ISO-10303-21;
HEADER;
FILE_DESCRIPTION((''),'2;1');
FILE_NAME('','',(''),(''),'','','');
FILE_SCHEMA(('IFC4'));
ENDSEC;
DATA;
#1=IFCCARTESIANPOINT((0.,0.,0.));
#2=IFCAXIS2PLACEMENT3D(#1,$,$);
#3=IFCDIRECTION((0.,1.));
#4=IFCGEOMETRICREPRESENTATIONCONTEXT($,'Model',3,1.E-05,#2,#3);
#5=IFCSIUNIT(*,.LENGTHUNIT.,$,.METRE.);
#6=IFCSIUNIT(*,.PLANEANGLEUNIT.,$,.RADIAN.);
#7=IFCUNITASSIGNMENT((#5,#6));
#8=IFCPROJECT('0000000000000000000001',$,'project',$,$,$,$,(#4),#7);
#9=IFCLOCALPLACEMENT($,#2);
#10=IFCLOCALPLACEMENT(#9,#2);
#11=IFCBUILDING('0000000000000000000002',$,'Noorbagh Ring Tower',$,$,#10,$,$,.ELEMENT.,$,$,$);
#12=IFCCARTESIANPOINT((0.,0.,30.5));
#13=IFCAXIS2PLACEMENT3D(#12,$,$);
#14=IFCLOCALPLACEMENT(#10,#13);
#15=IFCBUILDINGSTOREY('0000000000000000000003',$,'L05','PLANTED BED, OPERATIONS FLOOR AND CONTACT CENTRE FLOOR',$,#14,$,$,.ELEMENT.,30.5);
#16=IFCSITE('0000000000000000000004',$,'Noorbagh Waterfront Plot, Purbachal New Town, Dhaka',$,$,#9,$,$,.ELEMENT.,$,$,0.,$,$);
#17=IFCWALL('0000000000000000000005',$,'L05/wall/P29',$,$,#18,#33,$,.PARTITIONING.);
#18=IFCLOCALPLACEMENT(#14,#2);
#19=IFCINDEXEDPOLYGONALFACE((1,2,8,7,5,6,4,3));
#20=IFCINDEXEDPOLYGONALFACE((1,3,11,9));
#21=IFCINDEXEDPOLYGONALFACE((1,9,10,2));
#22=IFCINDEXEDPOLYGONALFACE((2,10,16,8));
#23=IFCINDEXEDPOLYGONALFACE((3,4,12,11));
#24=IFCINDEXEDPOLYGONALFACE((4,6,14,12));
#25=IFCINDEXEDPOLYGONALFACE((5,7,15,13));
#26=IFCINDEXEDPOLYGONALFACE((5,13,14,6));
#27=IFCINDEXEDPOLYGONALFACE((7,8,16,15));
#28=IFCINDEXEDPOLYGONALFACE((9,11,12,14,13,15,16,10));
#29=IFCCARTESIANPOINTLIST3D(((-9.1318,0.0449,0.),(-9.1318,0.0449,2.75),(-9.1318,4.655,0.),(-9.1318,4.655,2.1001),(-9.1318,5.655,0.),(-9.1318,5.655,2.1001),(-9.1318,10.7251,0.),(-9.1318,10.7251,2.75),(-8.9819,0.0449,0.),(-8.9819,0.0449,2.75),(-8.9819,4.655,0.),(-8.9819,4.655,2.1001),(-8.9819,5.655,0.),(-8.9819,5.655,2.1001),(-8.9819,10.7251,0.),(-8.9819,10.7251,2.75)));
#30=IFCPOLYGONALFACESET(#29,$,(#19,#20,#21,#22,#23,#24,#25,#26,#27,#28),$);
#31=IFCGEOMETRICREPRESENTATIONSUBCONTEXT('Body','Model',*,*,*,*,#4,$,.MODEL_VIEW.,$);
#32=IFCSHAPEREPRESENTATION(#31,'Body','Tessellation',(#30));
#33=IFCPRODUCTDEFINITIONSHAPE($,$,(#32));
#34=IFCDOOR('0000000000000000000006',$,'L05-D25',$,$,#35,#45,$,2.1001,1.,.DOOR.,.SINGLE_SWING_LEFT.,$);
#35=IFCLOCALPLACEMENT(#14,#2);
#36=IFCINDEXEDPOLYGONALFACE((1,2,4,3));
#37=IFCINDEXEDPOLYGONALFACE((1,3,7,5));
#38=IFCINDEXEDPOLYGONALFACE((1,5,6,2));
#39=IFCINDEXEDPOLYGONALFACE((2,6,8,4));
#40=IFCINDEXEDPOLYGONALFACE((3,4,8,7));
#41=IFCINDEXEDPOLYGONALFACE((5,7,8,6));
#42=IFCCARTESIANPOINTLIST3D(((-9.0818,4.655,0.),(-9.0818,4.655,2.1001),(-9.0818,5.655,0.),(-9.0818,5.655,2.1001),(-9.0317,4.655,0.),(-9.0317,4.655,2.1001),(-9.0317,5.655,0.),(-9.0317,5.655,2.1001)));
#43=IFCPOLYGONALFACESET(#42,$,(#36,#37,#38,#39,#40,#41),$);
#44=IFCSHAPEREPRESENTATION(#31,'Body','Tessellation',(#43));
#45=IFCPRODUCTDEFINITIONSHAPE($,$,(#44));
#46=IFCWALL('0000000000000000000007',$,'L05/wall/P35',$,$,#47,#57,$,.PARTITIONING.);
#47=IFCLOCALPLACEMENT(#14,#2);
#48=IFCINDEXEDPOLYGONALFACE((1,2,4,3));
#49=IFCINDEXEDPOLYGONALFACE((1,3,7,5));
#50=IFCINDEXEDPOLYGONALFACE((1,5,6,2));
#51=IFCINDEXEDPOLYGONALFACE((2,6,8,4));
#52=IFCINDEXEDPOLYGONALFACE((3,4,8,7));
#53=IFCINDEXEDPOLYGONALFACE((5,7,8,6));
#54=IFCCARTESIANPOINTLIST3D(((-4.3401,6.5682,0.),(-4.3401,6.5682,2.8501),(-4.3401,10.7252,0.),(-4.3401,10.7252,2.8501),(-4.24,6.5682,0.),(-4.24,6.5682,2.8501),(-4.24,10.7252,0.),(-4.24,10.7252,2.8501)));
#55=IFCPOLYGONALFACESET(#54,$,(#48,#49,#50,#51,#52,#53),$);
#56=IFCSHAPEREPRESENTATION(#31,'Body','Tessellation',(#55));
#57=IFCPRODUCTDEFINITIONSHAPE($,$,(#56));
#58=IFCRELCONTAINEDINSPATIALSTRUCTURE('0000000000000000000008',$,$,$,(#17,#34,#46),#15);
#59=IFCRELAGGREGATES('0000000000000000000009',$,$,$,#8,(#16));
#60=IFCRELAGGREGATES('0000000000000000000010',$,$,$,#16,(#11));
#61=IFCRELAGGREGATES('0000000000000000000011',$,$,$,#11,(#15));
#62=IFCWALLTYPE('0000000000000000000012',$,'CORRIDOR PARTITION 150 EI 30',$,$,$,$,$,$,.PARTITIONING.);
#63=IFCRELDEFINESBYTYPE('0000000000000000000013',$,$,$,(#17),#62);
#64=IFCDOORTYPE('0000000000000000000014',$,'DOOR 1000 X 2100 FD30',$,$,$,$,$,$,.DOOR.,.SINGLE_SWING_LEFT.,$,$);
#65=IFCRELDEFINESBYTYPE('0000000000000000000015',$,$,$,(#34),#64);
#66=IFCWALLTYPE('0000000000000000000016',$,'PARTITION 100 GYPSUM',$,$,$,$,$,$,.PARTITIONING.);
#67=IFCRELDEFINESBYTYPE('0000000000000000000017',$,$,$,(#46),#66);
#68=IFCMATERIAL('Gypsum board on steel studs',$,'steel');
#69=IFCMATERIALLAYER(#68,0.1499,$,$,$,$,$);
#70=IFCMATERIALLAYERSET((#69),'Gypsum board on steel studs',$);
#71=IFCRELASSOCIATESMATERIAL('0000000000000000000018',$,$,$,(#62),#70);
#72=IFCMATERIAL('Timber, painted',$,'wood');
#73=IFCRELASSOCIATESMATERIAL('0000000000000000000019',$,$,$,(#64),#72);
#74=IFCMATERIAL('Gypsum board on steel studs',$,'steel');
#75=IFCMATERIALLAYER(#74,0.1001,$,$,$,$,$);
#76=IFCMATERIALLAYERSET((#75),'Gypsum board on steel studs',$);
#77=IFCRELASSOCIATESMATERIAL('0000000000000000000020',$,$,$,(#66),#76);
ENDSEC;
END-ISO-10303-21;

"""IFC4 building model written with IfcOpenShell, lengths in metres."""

from ifc_helpers import new_model, si_unit, direction, frame, frame_2d, origin, place, context, subcontext, project, spatial, rectangle, extrude, material, layer, layer_set, type_object, element, fill, save


model = new_model("IFC4")

# Units and contexts
model_context = context("Model", 3, precision=1e-05, world=origin(), true_north=direction((0.0, 1.0)))
body_context = subcontext(model_context, "Body", "Model", "MODEL_VIEW")
ifc_project = project(units=[si_unit("LENGTHUNIT", "METRE"), si_unit("PLANEANGLEUNIT", "RADIAN")], contexts=[model_context])

# Site, building, storey
site_placement = place(None, origin())
site = spatial("IfcSite", under=ifc_project, at=site_placement, Name="Noorbagh Waterfront Plot, Purbachal New Town, Dhaka", CompositionType="ELEMENT", RefElevation=0.0)
building_placement = place(site_placement, origin())
building = spatial("IfcBuilding", under=site, at=building_placement, Name="Noorbagh Ring Tower", CompositionType="ELEMENT")
storey_placement = place(building_placement, frame((0.0, 0.0, 30.5)))
storey = spatial("IfcBuildingStorey", under=building, at=storey_placement, Name="L05", Description="PLANTED BED, OPERATIONS FLOOR AND CONTACT CENTRE FLOOR", CompositionType="ELEMENT", Elevation=30.5)

# Wall, opening, door
ifc_material_1 = material(Name="Gypsum board on steel studs", Category="steel")
ifc_layer_1 = layer(ifc_material_1, 0.1499)
ifc_layer_set_1 = layer_set([ifc_layer_1], Name="Gypsum board on steel studs")
wall_type_1 = type_object("IfcWallType", Name="CORRIDOR PARTITION 150 EI 30", PredefinedType="PARTITIONING", material=ifc_layer_set_1)
wall_1_placement = place(storey_placement, frame((-9.0569, 0.0449, 0.0), z_axis=(0.0, 0.0, 1.0), x_axis=(0.0, 1.0, 0.0)))
wall_1 = element("IfcWall", 1, at=wall_1_placement, inside=storey, type_object=wall_type_1, Name="L05/wall/P29", PredefinedType="PARTITIONING", context=body_context, shape_type="SweptSolid", body=[
    extrude(rectangle(XDim=10.6802, YDim=0.1499, at=frame_2d((5.3401, 0.0))), origin(), (0.0, 0.0, 1.0), 2.75),
])
opening_placement = place(wall_1_placement, frame((4.6101, 0.0, 0.0)))
opening = element("IfcOpeningElement", 2, at=opening_placement, cuts=wall_1, PredefinedType="OPENING", context=body_context, shape_type="SweptSolid", body=[
    extrude(rectangle(XDim=1.0, YDim=2.1001, at=frame_2d((0.5, 1.05))), frame((0.0, 0.085, 0.0), z_axis=(0.0, -1.0, 0.0), x_axis=(1.0, 0.0, 0.0)), (0.0, 0.0, 1.0), 0.1699),
])
ifc_material_2 = material(Name="Timber, painted", Category="wood")
door_type = type_object("IfcDoorType", Name="DOOR 1000 X 2100 FD30", OperationType="SINGLE_SWING_LEFT", PredefinedType="DOOR", material=ifc_material_2)
door_placement = place(opening_placement, origin())
door = element("IfcDoor", 3, at=door_placement, inside=storey, type_object=door_type, Name="L05-D25", OperationType="SINGLE_SWING_LEFT", OverallHeight=2.1001, OverallWidth=1.0, PredefinedType="DOOR", context=body_context, shape_type="SweptSolid", body=[
    extrude(rectangle(XDim=1.0, YDim=2.1001, at=frame_2d((0.5, 1.05))), frame((0.0, 0.0249, 0.0), z_axis=(0.0, -1.0, 0.0), x_axis=(1.0, 0.0, 0.0)), (0.0, 0.0, 1.0), 0.05),
])
fill(opening, door)

# Wall
ifc_material_3 = material(Name="Gypsum board on steel studs", Category="steel")
ifc_layer_2 = layer(ifc_material_3, 0.1001)
ifc_layer_set_2 = layer_set([ifc_layer_2], Name="Gypsum board on steel studs")
wall_type_2 = type_object("IfcWallType", Name="PARTITION 100 GYPSUM", PredefinedType="PARTITIONING", material=ifc_layer_set_2)
wall_2_placement = place(storey_placement, frame((-4.29, 6.5681, 0.0), z_axis=(0.0, 0.0, 1.0), x_axis=(0.0, 1.0, 0.0)))
element("IfcWall", 4, at=wall_2_placement, inside=storey, type_object=wall_type_2, Name="L05/wall/P35", PredefinedType="PARTITIONING", context=body_context, shape_type="SweptSolid", body=[
    extrude(rectangle(XDim=4.157, YDim=0.1001, at=frame_2d((2.0786, 0.0))), origin(), (0.0, 0.0, 1.0), 2.8501),
])

save(model, "model.ifc")
